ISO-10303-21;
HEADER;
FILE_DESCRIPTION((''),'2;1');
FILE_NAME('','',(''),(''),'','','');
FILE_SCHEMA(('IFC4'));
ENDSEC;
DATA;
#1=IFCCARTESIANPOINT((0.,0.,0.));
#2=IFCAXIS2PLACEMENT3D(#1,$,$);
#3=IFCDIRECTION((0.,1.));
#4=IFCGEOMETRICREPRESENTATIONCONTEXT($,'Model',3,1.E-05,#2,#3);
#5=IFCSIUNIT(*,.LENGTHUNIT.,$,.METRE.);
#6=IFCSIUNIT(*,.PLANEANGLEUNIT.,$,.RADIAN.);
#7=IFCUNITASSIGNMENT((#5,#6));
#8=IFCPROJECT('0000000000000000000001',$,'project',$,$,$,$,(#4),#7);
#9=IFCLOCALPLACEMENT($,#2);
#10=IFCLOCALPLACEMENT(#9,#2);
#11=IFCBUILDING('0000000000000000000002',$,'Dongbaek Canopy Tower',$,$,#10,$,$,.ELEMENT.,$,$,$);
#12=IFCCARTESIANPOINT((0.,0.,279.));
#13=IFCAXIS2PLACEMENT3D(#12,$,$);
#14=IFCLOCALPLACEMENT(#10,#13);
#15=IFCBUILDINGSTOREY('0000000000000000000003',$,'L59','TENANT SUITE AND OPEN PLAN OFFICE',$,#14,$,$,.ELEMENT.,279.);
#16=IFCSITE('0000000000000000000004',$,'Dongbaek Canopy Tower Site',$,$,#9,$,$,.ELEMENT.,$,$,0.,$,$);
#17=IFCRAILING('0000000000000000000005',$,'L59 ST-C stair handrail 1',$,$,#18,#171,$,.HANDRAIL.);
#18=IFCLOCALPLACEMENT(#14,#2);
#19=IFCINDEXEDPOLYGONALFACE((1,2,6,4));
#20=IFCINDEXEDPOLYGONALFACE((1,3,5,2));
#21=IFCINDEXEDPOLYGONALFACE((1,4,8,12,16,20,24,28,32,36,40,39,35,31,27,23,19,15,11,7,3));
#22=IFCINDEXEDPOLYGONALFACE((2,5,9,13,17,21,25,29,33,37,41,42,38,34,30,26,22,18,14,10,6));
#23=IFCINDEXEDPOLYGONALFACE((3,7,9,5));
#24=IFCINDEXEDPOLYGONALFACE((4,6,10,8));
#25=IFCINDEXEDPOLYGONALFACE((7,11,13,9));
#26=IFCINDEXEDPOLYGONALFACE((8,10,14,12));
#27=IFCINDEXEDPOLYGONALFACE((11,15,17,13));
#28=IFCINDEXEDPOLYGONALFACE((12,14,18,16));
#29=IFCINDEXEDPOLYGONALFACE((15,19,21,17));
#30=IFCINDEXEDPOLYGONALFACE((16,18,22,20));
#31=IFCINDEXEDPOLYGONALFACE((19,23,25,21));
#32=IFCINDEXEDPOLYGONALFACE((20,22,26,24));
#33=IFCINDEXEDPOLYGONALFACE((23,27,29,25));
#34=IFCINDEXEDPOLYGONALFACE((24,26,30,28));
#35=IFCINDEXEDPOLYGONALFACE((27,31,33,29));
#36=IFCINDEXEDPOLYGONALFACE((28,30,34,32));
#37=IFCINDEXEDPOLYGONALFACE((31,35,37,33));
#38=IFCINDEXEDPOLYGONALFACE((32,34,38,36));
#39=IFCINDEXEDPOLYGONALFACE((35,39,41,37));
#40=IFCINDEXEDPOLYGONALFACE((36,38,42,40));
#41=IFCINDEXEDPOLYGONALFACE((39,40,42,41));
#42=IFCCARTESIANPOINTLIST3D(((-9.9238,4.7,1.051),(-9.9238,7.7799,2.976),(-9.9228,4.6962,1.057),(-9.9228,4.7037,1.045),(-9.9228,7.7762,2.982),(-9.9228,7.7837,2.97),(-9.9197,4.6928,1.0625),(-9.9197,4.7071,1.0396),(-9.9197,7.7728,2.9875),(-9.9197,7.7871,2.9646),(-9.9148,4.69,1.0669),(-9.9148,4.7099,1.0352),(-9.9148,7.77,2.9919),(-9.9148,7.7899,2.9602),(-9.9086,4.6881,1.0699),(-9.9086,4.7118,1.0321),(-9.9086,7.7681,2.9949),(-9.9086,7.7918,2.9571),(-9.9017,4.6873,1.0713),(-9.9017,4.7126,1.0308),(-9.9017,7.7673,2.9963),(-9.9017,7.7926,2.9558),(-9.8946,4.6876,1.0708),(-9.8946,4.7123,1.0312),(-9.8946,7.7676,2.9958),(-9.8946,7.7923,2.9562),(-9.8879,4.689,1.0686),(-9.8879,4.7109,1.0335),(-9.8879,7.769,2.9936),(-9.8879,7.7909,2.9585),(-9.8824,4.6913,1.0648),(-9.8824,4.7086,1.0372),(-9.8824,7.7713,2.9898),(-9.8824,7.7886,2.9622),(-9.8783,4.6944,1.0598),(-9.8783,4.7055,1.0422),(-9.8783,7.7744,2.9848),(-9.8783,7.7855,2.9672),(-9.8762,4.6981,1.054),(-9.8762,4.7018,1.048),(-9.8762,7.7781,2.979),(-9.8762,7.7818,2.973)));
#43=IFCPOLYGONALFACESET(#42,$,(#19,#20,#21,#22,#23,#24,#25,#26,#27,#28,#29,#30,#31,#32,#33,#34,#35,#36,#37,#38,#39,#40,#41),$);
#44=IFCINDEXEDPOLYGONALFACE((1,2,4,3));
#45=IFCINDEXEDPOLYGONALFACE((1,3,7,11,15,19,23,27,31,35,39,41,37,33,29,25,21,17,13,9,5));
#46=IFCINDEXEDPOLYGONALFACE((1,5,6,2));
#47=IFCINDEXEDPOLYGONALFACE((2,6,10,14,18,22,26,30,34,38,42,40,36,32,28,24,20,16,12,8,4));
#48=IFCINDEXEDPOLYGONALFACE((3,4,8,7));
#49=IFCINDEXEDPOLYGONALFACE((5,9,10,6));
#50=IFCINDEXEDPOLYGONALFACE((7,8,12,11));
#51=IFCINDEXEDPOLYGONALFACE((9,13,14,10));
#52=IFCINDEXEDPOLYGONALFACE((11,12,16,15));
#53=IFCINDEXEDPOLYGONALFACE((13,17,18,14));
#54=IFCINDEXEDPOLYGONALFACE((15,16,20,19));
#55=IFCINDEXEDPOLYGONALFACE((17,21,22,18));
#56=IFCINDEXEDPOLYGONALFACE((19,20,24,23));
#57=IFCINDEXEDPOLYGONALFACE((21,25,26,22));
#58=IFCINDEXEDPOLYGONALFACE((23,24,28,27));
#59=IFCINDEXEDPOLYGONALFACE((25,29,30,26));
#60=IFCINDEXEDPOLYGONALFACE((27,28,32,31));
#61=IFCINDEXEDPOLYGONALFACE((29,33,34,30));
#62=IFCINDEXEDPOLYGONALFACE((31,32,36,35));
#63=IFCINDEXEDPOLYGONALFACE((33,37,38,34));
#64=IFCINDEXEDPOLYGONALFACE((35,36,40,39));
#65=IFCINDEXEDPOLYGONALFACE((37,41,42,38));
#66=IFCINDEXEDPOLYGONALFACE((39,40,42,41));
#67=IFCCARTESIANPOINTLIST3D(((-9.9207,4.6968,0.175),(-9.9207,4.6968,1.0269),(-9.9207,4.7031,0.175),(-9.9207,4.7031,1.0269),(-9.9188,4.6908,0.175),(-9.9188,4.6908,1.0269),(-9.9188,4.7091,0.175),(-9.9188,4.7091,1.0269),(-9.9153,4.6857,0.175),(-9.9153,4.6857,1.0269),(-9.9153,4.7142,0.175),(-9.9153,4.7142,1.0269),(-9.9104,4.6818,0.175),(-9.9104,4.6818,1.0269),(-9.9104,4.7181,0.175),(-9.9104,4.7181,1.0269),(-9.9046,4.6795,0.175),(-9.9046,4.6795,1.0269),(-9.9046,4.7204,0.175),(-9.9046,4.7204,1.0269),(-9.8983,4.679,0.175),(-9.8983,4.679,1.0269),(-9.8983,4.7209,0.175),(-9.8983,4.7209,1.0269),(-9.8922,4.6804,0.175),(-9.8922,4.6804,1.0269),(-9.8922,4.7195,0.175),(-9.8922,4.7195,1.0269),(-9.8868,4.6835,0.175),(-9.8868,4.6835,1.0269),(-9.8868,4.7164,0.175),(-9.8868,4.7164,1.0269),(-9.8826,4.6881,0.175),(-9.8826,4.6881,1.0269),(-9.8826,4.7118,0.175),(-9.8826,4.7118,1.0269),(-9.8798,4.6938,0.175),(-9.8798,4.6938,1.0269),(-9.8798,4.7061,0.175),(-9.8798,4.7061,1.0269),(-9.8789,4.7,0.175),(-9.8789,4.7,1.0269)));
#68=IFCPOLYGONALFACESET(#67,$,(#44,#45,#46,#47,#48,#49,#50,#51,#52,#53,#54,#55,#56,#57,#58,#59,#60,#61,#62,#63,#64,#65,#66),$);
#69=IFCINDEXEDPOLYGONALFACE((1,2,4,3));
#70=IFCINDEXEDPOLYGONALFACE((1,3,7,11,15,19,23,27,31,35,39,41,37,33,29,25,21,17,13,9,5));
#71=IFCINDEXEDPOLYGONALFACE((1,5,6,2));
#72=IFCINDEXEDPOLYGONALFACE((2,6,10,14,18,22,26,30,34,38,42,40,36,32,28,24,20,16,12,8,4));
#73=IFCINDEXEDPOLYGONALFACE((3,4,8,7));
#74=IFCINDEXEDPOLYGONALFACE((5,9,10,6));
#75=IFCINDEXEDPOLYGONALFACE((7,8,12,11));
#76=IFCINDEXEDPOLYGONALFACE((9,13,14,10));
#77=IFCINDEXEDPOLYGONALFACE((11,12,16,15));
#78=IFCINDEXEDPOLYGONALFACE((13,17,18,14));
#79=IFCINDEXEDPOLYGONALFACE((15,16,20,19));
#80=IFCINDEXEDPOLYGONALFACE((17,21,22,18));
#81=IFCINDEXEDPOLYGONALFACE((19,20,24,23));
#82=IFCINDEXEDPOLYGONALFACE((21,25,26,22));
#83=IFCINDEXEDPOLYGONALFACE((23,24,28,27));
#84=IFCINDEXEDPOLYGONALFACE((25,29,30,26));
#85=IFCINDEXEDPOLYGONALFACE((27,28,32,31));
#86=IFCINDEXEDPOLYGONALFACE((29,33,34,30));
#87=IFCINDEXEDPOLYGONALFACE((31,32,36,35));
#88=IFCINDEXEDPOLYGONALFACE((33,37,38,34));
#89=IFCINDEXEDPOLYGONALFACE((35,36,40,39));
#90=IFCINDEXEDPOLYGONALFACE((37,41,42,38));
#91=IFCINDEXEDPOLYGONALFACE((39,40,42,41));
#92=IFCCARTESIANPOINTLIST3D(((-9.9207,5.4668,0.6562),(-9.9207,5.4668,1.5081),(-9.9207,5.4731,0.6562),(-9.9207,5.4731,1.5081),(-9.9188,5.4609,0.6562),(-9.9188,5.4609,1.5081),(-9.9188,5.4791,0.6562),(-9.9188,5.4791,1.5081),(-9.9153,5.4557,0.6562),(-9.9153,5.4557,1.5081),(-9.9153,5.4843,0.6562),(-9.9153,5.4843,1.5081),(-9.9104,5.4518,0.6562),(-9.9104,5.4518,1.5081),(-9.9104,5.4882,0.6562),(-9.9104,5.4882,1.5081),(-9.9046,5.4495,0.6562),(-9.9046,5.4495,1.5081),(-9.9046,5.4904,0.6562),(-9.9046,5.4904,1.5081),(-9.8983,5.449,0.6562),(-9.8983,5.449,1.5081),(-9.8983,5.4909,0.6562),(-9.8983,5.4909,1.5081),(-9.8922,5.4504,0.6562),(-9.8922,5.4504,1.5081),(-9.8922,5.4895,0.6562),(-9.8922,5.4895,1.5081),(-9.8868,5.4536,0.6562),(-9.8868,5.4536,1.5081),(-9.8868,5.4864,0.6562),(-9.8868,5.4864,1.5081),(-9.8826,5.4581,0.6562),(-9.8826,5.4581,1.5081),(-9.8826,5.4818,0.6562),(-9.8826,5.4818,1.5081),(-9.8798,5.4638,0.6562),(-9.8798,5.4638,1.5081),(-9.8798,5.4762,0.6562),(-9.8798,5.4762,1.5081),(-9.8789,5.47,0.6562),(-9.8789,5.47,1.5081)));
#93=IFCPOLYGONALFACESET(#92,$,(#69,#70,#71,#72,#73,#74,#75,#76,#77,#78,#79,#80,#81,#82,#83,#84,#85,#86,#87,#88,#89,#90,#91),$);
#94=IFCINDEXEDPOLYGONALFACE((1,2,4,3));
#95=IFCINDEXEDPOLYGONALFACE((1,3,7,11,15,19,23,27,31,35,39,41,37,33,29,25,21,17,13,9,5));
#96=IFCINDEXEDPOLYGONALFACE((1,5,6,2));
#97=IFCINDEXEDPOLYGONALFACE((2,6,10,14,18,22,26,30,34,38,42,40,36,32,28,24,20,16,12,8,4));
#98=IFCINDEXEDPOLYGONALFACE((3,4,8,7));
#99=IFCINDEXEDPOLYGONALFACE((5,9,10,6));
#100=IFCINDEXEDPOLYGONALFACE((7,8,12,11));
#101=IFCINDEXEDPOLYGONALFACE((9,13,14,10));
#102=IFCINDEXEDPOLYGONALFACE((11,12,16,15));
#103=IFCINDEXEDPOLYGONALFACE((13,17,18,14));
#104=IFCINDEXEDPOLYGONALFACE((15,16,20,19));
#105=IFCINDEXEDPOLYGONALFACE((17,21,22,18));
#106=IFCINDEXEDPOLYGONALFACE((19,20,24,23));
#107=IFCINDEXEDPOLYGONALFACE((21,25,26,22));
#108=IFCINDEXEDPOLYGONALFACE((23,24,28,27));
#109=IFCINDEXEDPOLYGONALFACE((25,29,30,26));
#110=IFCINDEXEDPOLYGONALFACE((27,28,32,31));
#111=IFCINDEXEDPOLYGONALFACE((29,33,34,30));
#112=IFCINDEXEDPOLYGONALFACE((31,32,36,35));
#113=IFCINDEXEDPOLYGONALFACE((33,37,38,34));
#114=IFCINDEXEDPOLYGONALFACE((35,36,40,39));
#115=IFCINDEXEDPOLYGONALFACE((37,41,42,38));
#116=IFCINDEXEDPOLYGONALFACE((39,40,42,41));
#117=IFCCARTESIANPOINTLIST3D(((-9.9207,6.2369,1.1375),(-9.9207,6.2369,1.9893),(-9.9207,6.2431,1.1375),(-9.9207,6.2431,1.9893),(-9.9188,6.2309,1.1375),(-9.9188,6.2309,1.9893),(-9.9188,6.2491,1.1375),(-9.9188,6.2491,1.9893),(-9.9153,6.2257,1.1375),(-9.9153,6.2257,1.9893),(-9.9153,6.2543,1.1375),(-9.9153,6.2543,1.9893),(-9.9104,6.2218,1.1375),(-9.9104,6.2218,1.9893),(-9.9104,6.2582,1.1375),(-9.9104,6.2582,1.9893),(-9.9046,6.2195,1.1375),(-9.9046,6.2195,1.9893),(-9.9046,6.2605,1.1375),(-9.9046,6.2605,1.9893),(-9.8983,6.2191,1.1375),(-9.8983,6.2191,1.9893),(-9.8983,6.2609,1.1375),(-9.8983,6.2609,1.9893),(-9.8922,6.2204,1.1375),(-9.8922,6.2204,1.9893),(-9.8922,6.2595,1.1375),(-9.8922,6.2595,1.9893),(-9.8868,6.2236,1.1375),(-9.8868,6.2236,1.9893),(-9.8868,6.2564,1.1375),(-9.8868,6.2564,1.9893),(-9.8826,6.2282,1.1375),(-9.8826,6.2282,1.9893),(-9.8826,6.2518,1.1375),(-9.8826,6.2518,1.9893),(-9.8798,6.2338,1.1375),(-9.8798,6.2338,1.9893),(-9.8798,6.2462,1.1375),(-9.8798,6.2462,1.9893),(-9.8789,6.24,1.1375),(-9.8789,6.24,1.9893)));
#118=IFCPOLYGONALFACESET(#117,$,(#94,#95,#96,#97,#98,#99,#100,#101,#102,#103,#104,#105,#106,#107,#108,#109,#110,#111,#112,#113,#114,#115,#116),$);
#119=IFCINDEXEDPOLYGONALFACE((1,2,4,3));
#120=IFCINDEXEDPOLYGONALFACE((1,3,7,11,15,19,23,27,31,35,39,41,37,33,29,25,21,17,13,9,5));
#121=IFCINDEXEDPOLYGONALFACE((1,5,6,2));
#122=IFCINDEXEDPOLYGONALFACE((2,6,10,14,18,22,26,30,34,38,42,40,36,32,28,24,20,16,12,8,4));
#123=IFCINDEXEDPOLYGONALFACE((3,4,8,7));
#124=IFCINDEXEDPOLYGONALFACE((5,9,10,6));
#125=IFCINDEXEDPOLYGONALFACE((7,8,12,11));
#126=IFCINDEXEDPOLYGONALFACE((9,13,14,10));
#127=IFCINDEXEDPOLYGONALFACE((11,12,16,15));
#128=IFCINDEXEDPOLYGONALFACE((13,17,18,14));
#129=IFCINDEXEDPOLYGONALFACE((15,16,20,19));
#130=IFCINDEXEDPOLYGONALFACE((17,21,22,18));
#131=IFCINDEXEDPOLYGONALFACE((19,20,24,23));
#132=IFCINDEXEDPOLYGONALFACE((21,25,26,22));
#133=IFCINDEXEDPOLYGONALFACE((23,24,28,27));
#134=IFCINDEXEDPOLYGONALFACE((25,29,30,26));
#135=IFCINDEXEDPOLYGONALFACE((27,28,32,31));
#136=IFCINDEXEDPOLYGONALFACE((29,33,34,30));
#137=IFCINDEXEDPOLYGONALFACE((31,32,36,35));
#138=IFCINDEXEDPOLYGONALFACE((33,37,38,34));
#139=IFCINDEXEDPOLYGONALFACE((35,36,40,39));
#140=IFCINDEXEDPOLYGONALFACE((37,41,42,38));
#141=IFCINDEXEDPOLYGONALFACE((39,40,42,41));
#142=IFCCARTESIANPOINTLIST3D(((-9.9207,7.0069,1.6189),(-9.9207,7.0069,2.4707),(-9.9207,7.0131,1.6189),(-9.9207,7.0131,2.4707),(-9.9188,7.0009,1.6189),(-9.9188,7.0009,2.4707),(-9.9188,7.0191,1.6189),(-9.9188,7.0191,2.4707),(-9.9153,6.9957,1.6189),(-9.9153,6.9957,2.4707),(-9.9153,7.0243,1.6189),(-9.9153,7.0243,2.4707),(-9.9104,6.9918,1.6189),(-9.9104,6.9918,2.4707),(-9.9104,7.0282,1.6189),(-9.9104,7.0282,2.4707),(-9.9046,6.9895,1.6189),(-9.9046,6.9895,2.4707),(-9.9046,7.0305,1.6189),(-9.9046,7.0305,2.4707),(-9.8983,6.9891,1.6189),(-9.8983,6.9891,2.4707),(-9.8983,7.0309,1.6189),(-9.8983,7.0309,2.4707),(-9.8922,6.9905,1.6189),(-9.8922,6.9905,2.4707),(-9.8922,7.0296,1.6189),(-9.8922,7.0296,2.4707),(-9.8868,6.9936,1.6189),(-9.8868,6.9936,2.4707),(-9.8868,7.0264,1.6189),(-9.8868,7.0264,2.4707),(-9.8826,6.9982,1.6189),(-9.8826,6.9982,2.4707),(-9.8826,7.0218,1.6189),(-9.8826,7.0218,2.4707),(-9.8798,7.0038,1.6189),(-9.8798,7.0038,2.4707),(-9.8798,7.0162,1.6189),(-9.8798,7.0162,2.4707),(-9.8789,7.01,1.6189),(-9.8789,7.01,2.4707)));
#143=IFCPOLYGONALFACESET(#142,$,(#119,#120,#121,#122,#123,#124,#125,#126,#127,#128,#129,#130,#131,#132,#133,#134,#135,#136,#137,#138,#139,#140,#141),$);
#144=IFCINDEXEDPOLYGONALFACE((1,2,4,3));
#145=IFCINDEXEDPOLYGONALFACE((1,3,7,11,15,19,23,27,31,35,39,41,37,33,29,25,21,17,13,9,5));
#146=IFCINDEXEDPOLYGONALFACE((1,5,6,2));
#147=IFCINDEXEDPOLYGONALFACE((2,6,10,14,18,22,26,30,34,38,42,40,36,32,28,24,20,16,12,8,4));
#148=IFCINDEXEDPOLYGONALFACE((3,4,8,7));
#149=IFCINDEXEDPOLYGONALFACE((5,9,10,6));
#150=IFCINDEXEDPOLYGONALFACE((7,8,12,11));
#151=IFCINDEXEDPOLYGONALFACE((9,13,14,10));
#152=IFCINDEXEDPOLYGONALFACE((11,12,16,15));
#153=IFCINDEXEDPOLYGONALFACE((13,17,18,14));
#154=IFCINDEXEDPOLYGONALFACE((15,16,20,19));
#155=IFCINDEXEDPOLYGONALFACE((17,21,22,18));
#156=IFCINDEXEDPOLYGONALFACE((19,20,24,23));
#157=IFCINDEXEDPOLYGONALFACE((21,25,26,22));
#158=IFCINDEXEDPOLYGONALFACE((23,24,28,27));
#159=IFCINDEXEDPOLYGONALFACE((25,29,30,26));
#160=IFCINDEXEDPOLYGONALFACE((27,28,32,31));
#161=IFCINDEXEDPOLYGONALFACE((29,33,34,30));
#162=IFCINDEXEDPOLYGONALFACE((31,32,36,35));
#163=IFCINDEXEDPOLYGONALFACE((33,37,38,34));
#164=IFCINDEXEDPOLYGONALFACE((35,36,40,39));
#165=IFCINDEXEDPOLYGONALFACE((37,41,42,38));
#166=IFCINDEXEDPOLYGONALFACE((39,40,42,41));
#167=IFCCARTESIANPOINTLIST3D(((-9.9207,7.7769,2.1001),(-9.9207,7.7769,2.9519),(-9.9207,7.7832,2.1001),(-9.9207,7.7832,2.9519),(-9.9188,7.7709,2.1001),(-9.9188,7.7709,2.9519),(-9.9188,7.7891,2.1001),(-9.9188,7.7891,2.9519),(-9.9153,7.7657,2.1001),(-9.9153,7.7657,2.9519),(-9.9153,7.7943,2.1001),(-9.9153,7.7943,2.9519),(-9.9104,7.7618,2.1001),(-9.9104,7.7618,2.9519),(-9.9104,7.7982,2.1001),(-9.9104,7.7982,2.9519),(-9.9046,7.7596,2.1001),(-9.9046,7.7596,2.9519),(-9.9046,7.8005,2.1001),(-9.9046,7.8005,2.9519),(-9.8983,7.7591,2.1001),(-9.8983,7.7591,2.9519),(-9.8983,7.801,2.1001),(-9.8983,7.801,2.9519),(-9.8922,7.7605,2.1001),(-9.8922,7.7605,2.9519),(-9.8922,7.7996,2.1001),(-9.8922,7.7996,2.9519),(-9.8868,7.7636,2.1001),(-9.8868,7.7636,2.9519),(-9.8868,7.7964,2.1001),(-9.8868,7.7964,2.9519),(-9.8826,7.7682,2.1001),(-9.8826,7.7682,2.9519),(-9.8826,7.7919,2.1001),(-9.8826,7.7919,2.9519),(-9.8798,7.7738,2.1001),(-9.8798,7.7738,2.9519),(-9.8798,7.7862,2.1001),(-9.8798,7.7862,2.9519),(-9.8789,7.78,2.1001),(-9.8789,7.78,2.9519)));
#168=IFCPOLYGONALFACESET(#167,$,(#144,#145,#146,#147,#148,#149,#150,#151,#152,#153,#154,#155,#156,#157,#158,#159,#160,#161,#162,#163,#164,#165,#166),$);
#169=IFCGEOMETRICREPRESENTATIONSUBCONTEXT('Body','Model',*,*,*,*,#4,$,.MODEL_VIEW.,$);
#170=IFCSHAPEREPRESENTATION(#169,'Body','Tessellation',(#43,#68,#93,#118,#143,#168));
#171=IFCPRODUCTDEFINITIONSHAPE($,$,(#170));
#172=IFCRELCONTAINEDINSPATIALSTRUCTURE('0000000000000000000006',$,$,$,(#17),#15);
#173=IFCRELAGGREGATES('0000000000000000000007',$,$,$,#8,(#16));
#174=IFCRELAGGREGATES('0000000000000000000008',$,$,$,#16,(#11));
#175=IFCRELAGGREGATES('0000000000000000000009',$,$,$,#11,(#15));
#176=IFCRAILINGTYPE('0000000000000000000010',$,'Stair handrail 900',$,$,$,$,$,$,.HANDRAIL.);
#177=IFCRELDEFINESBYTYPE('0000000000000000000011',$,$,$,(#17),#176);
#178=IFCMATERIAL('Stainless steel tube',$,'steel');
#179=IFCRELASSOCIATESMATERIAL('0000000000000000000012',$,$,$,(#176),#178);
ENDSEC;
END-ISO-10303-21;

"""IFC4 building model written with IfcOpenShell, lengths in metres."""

from ifc_helpers import new_model, si_unit, direction, frame, origin, origin_2d, place, context, subcontext, project, spatial, circle, extrude, material, type_object, element, save


model = new_model("IFC4")

# Units and contexts
model_context = context("Model", 3, precision=1e-05, world=origin(), true_north=direction((0.0, 1.0)))
body_context = subcontext(model_context, "Body", "Model", "MODEL_VIEW")
ifc_project = project(units=[si_unit("LENGTHUNIT", "METRE"), si_unit("PLANEANGLEUNIT", "RADIAN")], contexts=[model_context])

# Site, building, storey
site_placement = place(None, origin())
site = spatial("IfcSite", under=ifc_project, at=site_placement, Name="Dongbaek Canopy Tower Site", CompositionType="ELEMENT", RefElevation=0.0)
building_placement = place(site_placement, origin())
building = spatial("IfcBuilding", under=site, at=building_placement, Name="Dongbaek Canopy Tower", CompositionType="ELEMENT")
storey_placement = place(building_placement, frame((0.0, 0.0, 279.0)))
storey = spatial("IfcBuildingStorey", under=building, at=storey_placement, Name="L59", Description="TENANT SUITE AND OPEN PLAN OFFICE", CompositionType="ELEMENT", Elevation=279.0)

# Railing
ifc_material_1 = material(Name="Stainless steel tube", Category="steel")
railing_type_1 = type_object("IfcRailingType", Name="Stair handrail 900", PredefinedType="HANDRAIL", material=ifc_material_1)
railing_1_placement = place(storey_placement, frame((-9.8999, 4.7, 0.175)))
element("IfcRailing", 1, at=railing_1_placement, inside=storey, type_object=railing_type_1, Name="L59 ST-C stair handrail 1", PredefinedType="HANDRAIL", context=body_context, shape_type="SweptSolid", body=[
    extrude(circle(Radius=0.0239, at=origin_2d()), frame((0.0, 0.0, 0.876), z_axis=(0.0, 0.847998, 0.529999), x_axis=(-1.0, 0.0, 0.0)), (0.0, 0.0, 1.0), 3.6321),
    extrude(circle(Radius=0.021, at=origin_2d()), origin(), (0.0, 0.0, 1.0), 0.8518),
    extrude(circle(Radius=0.021, at=origin_2d()), frame((0.0, 0.77, 0.4812)), (0.0, 0.0, 1.0), 0.8518),
    extrude(circle(Radius=0.021, at=origin_2d()), frame((0.0, 1.54, 0.9624)), (0.0, 0.0, 1.0), 0.8518),
    extrude(circle(Radius=0.021, at=origin_2d()), frame((0.0, 2.3101, 1.4438)), (0.0, 0.0, 1.0), 0.8518),
    extrude(circle(Radius=0.021, at=origin_2d()), frame((0.0, 3.0801, 1.925)), (0.0, 0.0, 1.0), 0.8518),
])

save(model, "model.ifc")
